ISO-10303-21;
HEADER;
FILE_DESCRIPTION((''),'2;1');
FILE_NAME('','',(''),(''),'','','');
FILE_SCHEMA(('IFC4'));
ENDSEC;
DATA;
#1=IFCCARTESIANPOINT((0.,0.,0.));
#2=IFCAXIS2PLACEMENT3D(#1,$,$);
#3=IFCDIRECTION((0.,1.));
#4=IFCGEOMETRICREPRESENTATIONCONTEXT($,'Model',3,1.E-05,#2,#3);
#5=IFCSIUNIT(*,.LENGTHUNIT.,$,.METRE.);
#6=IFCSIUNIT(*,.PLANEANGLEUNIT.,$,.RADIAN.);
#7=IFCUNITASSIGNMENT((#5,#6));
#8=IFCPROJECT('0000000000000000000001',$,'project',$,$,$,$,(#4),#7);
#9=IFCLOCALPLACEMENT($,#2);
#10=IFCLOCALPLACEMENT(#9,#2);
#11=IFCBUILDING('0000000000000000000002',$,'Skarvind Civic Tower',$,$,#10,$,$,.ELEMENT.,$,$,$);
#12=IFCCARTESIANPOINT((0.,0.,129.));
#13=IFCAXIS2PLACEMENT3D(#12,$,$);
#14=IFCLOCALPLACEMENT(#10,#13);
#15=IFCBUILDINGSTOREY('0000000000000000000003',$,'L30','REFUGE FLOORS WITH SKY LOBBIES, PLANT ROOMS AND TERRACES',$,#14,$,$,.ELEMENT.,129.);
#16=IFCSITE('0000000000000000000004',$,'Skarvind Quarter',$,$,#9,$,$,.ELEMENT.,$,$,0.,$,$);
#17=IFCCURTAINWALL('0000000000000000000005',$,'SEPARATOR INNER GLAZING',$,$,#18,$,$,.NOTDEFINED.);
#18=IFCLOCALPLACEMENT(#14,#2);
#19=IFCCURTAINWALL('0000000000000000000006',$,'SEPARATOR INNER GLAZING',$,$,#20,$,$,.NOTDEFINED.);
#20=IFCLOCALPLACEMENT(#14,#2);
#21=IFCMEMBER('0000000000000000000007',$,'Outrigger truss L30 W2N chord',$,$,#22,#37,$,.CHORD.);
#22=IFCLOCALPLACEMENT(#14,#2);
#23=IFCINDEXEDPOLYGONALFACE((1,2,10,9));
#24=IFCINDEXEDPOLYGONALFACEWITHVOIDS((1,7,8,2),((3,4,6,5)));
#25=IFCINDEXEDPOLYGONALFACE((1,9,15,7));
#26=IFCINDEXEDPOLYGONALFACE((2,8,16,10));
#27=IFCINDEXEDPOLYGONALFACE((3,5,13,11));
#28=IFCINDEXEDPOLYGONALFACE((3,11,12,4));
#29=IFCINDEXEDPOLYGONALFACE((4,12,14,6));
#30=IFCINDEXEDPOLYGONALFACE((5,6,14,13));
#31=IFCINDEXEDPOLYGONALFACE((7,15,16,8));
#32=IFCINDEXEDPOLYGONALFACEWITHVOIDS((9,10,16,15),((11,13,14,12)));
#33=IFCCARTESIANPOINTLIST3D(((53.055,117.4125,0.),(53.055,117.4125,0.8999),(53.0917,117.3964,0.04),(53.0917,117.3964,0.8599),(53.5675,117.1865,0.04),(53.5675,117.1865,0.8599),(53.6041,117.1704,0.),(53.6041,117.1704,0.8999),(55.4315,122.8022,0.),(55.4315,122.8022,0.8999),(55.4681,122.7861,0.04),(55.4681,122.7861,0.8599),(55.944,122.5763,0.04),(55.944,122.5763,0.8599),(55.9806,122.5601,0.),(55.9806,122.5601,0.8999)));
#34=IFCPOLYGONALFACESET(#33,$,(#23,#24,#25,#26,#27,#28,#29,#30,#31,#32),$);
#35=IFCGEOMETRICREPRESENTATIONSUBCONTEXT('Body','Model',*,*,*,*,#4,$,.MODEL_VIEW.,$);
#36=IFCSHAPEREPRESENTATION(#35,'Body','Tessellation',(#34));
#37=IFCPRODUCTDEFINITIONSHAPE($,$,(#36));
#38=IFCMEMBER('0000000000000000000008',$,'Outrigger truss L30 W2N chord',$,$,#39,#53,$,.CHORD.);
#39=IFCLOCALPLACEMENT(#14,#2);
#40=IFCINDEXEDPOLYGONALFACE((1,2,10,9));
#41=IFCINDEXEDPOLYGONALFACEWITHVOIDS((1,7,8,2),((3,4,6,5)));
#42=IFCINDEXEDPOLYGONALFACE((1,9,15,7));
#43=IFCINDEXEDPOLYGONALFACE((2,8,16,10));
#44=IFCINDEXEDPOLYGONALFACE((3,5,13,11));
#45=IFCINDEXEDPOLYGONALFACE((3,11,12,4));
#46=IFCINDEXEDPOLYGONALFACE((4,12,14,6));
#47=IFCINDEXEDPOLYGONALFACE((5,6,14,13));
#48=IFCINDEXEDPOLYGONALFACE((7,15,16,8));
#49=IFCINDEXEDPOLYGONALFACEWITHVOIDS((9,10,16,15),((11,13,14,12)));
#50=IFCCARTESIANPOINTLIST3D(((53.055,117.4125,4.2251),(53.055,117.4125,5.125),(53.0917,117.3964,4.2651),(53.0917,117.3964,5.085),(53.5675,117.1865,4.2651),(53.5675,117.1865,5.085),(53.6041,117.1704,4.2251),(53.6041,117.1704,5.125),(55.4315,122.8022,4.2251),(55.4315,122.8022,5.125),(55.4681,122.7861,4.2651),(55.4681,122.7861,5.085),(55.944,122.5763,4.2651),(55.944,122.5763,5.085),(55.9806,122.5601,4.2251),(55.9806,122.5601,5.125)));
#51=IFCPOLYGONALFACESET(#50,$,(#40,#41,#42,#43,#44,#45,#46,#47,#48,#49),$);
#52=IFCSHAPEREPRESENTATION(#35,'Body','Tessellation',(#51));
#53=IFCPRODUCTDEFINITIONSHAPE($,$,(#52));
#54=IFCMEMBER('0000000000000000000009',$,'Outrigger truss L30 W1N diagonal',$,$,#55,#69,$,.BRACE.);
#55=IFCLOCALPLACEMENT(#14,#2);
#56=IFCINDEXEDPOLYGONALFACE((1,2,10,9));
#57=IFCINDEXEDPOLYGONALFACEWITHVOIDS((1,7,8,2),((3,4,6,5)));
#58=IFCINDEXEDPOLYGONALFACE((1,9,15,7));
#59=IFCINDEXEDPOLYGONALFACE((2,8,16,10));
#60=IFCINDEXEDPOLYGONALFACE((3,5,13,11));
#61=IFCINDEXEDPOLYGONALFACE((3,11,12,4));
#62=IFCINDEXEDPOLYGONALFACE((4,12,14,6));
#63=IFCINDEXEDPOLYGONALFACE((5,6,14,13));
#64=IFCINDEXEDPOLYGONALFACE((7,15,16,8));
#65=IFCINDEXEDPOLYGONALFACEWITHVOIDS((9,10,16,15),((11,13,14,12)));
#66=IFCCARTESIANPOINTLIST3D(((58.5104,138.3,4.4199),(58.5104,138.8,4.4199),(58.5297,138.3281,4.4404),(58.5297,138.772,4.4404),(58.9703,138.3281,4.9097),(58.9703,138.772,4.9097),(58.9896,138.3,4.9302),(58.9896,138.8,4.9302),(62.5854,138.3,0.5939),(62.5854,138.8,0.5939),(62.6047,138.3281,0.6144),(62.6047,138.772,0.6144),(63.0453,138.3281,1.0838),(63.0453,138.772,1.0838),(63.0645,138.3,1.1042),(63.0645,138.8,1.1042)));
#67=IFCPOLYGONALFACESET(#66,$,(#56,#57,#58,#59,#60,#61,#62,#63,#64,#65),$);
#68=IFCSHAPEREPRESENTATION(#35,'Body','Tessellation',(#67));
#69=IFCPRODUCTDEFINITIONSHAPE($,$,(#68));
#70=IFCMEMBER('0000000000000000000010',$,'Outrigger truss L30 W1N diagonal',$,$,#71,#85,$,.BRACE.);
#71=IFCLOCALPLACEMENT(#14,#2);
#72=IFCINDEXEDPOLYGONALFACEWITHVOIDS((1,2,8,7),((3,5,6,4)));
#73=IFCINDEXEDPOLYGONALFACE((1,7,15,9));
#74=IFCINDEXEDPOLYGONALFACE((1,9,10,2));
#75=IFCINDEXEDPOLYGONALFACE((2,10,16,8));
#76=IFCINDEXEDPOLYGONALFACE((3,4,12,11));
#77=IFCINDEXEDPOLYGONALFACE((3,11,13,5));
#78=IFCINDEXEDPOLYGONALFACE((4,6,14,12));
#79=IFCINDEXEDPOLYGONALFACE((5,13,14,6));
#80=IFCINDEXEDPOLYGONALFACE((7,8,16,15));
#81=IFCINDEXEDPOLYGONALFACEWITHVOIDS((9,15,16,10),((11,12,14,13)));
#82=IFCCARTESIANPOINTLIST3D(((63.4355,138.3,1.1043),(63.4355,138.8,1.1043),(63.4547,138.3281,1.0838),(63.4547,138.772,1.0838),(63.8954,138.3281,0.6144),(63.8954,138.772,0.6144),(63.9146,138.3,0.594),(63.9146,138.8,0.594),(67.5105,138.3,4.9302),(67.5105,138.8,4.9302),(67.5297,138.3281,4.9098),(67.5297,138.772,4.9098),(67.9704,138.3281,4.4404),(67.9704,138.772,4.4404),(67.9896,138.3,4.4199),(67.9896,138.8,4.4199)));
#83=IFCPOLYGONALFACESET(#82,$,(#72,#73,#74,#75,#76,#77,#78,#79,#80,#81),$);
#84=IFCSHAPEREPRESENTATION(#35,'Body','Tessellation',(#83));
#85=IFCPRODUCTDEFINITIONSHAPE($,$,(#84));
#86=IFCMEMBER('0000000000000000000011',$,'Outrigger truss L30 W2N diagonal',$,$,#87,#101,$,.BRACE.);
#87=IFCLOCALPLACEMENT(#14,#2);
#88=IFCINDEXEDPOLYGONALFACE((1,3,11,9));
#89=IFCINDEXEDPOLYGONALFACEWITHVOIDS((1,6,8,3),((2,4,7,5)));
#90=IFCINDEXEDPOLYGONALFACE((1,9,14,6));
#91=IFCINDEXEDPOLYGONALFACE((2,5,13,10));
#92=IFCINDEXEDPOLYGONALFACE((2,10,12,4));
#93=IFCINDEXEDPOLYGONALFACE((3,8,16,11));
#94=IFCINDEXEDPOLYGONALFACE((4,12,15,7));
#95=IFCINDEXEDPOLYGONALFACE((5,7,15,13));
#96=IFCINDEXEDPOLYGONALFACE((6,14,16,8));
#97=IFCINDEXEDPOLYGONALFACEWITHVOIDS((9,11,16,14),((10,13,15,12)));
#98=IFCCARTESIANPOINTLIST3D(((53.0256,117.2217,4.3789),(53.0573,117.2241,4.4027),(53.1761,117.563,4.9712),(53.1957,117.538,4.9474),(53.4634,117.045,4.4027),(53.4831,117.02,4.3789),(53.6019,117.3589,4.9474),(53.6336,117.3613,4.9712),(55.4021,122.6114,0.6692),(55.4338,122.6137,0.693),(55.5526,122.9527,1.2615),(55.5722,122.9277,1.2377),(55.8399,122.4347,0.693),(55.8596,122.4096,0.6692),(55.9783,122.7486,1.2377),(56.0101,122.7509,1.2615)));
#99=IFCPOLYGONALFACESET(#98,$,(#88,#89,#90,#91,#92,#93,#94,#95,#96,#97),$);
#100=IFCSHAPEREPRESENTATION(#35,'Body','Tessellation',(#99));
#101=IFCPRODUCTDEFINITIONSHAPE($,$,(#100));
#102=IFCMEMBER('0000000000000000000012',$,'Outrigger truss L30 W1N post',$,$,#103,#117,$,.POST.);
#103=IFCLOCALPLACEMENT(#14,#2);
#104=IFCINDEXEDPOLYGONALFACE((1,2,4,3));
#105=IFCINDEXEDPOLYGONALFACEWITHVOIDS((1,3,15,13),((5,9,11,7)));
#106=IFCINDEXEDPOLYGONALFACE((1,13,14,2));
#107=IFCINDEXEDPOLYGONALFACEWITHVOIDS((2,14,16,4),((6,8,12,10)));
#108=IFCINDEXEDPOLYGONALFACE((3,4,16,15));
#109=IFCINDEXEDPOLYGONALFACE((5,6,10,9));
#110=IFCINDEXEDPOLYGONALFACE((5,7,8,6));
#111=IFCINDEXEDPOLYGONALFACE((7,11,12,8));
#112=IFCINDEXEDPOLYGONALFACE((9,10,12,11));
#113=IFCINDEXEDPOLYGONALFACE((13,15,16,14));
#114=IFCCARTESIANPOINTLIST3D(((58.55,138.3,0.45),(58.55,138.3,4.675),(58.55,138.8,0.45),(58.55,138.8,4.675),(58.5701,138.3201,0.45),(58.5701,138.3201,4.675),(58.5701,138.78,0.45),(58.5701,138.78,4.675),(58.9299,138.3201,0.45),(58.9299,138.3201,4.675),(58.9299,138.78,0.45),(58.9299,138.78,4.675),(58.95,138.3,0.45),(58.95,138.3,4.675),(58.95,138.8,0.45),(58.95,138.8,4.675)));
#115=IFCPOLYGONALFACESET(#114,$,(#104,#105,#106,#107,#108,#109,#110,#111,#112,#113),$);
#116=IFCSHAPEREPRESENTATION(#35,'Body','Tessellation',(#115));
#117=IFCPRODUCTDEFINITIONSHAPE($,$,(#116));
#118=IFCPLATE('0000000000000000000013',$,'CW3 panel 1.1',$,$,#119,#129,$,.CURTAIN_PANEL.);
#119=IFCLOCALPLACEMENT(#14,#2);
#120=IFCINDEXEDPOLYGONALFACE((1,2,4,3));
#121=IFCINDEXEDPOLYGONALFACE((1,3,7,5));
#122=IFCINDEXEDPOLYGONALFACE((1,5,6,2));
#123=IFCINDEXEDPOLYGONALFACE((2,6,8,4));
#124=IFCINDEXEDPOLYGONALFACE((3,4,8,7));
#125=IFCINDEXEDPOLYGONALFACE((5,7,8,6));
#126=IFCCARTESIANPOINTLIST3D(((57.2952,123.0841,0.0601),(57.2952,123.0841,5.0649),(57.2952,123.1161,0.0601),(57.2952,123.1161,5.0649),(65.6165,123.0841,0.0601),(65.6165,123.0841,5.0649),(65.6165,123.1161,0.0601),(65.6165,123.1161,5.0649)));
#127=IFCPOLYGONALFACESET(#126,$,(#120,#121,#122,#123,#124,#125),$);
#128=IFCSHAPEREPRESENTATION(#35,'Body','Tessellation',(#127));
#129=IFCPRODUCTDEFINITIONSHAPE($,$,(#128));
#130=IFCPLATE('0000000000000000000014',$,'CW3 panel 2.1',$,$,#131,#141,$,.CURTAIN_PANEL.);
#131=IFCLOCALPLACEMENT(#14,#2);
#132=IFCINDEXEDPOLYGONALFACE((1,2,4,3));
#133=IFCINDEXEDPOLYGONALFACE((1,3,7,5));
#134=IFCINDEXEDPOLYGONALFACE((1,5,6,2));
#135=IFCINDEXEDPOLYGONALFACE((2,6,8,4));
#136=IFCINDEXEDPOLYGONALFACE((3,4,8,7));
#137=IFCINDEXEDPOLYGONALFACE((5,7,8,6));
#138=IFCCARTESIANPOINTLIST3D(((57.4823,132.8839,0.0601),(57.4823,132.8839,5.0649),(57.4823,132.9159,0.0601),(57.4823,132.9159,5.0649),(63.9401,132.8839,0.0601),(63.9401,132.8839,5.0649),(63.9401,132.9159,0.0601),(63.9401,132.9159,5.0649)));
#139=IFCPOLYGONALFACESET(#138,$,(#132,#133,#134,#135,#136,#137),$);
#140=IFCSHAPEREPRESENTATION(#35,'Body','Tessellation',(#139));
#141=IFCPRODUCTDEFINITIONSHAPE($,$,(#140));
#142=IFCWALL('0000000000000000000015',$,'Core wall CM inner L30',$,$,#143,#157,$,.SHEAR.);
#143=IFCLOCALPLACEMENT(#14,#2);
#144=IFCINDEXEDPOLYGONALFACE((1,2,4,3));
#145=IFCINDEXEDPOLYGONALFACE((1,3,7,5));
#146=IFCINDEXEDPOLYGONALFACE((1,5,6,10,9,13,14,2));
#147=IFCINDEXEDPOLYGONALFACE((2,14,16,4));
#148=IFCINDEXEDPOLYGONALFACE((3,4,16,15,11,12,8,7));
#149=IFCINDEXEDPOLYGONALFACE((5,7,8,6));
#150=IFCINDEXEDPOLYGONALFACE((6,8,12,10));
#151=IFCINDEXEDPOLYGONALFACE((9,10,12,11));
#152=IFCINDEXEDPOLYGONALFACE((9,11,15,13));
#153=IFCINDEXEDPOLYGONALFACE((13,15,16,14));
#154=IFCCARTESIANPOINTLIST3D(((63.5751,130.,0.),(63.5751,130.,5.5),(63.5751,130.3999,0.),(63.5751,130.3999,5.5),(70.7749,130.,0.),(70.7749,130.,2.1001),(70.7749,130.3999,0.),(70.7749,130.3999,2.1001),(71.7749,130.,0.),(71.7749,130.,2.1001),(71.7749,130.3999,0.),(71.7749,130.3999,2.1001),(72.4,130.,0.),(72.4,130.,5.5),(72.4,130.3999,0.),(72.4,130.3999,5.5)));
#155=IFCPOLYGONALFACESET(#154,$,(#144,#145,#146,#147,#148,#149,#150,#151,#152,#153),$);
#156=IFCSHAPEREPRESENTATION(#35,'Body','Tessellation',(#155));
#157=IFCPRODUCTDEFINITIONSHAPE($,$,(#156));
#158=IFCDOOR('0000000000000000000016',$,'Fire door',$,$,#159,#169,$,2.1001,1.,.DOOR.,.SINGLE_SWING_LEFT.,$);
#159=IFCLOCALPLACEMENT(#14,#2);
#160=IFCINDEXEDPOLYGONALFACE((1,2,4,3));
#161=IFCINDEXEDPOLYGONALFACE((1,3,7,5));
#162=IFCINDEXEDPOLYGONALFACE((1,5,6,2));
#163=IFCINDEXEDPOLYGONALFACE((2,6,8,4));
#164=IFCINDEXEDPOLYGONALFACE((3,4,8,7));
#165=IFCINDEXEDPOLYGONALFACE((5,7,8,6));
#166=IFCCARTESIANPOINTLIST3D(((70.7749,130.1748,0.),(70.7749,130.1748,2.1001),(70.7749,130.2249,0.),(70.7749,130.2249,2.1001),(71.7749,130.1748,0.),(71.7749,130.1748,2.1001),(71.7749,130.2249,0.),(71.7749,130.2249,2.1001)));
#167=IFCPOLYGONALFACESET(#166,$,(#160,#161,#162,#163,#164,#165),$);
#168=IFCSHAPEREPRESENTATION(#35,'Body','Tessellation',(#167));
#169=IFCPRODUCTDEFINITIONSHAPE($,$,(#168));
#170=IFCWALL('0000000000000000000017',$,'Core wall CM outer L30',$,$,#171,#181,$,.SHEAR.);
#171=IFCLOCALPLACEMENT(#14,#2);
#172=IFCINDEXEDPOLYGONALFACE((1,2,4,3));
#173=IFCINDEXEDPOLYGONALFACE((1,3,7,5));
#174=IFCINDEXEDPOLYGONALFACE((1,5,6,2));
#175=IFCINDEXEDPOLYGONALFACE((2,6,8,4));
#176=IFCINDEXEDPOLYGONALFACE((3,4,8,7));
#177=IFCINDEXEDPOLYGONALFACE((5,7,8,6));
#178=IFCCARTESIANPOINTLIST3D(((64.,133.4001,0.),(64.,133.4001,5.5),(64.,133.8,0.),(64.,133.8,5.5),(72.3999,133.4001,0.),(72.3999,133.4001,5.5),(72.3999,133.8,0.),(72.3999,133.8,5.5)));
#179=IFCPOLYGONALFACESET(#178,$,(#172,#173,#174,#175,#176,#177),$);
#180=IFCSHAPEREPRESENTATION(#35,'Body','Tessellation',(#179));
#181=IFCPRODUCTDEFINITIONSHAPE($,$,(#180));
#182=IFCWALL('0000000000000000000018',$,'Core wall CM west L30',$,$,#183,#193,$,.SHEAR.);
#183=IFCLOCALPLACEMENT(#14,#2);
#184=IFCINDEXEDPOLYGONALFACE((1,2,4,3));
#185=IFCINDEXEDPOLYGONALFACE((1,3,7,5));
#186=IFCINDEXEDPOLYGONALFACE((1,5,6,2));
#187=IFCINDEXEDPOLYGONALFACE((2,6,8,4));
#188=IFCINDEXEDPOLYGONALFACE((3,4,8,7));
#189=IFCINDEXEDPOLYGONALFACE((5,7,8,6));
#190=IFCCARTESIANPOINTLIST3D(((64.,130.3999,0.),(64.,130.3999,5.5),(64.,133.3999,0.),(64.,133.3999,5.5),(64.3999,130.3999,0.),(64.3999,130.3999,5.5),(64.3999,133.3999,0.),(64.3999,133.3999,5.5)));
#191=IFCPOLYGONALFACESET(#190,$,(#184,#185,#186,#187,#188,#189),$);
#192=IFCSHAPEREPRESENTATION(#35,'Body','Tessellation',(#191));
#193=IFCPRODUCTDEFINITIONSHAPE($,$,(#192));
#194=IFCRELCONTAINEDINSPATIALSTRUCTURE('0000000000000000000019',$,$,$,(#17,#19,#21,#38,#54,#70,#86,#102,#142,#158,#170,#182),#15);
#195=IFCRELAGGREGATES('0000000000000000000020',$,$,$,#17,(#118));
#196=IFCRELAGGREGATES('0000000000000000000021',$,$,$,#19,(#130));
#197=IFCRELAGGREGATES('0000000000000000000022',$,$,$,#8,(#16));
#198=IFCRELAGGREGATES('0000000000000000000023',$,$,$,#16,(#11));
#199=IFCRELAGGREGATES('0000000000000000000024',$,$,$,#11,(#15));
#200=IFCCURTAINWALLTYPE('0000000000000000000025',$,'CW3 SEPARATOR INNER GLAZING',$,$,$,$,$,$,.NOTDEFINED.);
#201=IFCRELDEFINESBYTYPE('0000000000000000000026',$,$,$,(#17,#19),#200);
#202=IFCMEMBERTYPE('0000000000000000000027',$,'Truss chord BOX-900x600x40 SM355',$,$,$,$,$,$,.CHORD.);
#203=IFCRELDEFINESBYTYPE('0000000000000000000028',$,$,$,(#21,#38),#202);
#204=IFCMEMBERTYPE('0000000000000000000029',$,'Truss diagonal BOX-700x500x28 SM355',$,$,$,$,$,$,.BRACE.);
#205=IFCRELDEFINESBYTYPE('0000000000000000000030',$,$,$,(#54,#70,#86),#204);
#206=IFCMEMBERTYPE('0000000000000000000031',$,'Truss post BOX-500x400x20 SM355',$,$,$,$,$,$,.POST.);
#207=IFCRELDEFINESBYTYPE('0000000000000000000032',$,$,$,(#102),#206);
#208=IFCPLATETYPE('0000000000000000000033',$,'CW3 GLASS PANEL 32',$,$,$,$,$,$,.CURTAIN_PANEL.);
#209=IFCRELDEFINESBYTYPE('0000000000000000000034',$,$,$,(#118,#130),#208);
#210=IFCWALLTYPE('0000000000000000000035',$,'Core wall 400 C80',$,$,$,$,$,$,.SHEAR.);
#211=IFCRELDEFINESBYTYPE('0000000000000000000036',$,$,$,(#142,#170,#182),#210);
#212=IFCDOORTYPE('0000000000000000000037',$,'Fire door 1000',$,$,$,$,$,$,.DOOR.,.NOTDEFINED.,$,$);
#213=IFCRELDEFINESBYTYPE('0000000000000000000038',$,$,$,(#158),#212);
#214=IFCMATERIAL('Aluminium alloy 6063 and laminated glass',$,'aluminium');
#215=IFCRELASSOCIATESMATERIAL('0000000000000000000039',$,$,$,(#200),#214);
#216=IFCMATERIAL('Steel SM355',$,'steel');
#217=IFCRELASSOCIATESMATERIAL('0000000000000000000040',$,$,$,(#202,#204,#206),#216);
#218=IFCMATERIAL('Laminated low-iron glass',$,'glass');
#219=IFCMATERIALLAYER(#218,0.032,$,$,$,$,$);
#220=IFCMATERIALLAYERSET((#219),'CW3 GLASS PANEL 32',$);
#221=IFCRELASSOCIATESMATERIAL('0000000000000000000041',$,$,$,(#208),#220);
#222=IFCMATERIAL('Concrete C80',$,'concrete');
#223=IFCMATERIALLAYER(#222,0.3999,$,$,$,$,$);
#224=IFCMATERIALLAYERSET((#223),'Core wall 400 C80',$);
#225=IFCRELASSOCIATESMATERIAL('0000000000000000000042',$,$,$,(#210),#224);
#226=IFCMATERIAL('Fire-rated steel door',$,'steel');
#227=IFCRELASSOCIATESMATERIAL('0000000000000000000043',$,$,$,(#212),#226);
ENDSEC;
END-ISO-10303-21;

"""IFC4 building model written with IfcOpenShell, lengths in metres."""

from ifc_helpers import new_model, si_unit, direction, frame, frame_2d, origin, origin_2d, place, context, subcontext, project, spatial, rectangle, hollow_rectangle, extrude, material, layer, layer_set, material_profile, profile_set, type_object, element, fill, aggregate, save


model = new_model("IFC4")

# Units and contexts
model_context = context("Model", 3, precision=1e-05, world=origin(), true_north=direction((0.0, 1.0)))
body_context = subcontext(model_context, "Body", "Model", "MODEL_VIEW")
ifc_project = project(units=[si_unit("LENGTHUNIT", "METRE"), si_unit("PLANEANGLEUNIT", "RADIAN")], contexts=[model_context])

# Site, building, storey
site_placement = place(None, origin())
site = spatial("IfcSite", under=ifc_project, at=site_placement, Name="Skarvind Quarter", CompositionType="ELEMENT", RefElevation=0.0)
building_placement = place(site_placement, origin())
building = spatial("IfcBuilding", under=site, at=building_placement, Name="Skarvind Civic Tower", CompositionType="ELEMENT")
storey_placement = place(building_placement, frame((0.0, 0.0, 129.0)))
storey = spatial("IfcBuildingStorey", under=building, at=storey_placement, Name="L30", Description="REFUGE FLOORS WITH SKY LOBBIES, PLANT ROOMS AND TERRACES", CompositionType="ELEMENT", Elevation=129.0)

# Shared definitions
ifc_material_1 = material(Name="Concrete C80", Category="concrete")

# Curtain wall
ifc_material_2 = material(Name="Aluminium alloy 6063 and laminated glass", Category="aluminium")
curtain_wall_type = type_object("IfcCurtainWallType", Name="CW3 SEPARATOR INNER GLAZING", PredefinedType="NOTDEFINED", material=ifc_material_2)
curtain_wall_1_placement = place(storey_placement, origin())
curtain_wall_1 = element("IfcCurtainWall", 1, at=curtain_wall_1_placement, inside=storey, type_object=curtain_wall_type, Name="SEPARATOR INNER GLAZING", PredefinedType="NOTDEFINED")

# Curtain wall
curtain_wall_2_placement = place(storey_placement, origin())
curtain_wall_2 = element("IfcCurtainWall", 2, at=curtain_wall_2_placement, inside=storey, type_object=curtain_wall_type, Name="SEPARATOR INNER GLAZING", PredefinedType="NOTDEFINED")

# Members
ifc_material_3 = material(Name="Steel SM355", Category="steel")
ifc_material_profile_1 = material_profile(ifc_material_3, hollow_rectangle(XDim=0.6001, YDim=0.8999, WallThickness=0.04, at=origin_2d()), Name="BOX-900x600x40")
ifc_profile_set_1 = profile_set([ifc_material_profile_1], Name="Steel SM355")
member_type_1 = type_object("IfcMemberType", Name="Truss chord BOX-900x600x40 SM355", PredefinedType="CHORD", material=ifc_profile_set_1)
for number, where, z_axis, x_axis, name in (
    (3, (55.7061, 122.6812, 0.45), (-0.403452, -0.915001, 0.0), (0.915001, -0.403452, 0.0), "Outrigger truss L30 W2N chord"),
    (4, (55.7061, 122.6812, 4.675), (-0.403452, -0.915001, 0.0), (0.915001, -0.403452, 0.0), "Outrigger truss L30 W2N chord"),
):
    element("IfcMember", number, at=place(storey_placement, frame(where, z_axis=z_axis, x_axis=x_axis)), inside=storey, type_object=member_type_1, Name=name, PredefinedType="CHORD", context=body_context, shape_type="SweptSolid", body=[
        extrude(hollow_rectangle(XDim=0.6001, YDim=0.8999, WallThickness=0.04, at=origin_2d()), origin(), (0.0, 0.0, 1.0), 5.8904),
    ])
ifc_material_profile_2 = material_profile(ifc_material_3, hollow_rectangle(XDim=0.5, YDim=0.7, WallThickness=0.0281, at=origin_2d()), Name="BOX-700x500x28")
ifc_profile_set_2 = profile_set([ifc_material_profile_2], Name="Steel SM355")
member_type_2 = type_object("IfcMemberType", Name="Truss diagonal BOX-700x500x28 SM355", PredefinedType="BRACE", material=ifc_profile_set_2)
for number, where, z_axis, x_axis, name in (
    (5, (58.75, 138.55, 4.675), (0.729032, 0.0, -0.68448), (0.0, 1.0, 0.0), "Outrigger truss L30 W1N diagonal"),
    (6, (63.675, 138.55, 0.8491), (0.729032, 0.0, 0.68448), (0.0, 1.0, 0.0), "Outrigger truss L30 W1N diagonal"),
):
    element("IfcMember", number, at=place(storey_placement, frame(where, z_axis=z_axis, x_axis=x_axis)), inside=storey, type_object=member_type_2, Name=name, PredefinedType="BRACE", context=body_context, shape_type="SweptSolid", body=[
        extrude(hollow_rectangle(XDim=0.5, YDim=0.7, WallThickness=0.0281, at=origin_2d()), origin(), (0.0, 0.0, 1.0), 5.5896),
    ])
member_1_placement = place(storey_placement, frame((55.7061, 122.6812, 0.9653), z_axis=(-0.341389, -0.774245, 0.532916), x_axis=(0.915001, -0.403452, 0.0)))
element("IfcMember", 7, at=member_1_placement, inside=storey, type_object=member_type_2, Name="Outrigger truss L30 W2N diagonal", PredefinedType="BRACE", context=body_context, shape_type="SweptSolid", body=[
    extrude(hollow_rectangle(XDim=0.5, YDim=0.7, WallThickness=0.0281, at=origin_2d()), origin(), (0.0, 0.0, 1.0), 6.9612),
])
ifc_material_profile_3 = material_profile(ifc_material_3, hollow_rectangle(XDim=0.3999, YDim=0.5, WallThickness=0.02, at=origin_2d()), Name="BOX-500x400x20")
ifc_profile_set_3 = profile_set([ifc_material_profile_3], Name="Steel SM355")
member_type_3 = type_object("IfcMemberType", Name="Truss post BOX-500x400x20 SM355", PredefinedType="POST", material=ifc_profile_set_3)
member_2_placement = place(storey_placement, frame((58.75, 138.55, 0.45), z_axis=(0.0, 0.0, 1.0), x_axis=(1.0, 0.0, 0.0)))
element("IfcMember", 8, at=member_2_placement, inside=storey, type_object=member_type_3, Name="Outrigger truss L30 W1N post", PredefinedType="POST", context=body_context, shape_type="SweptSolid", body=[
    extrude(hollow_rectangle(XDim=0.3999, YDim=0.5, WallThickness=0.02, at=origin_2d()), origin(), (0.0, 0.0, 1.0), 4.2251),
])

# Plates
ifc_material_4 = material(Name="Laminated low-iron glass", Category="glass")
ifc_layer_1 = layer(ifc_material_4, 0.032)
ifc_layer_set_1 = layer_set([ifc_layer_1], Name="CW3 GLASS PANEL 32")
plate_type = type_object("IfcPlateType", Name="CW3 GLASS PANEL 32", PredefinedType="CURTAIN_PANEL", material=ifc_layer_set_1)
plate_1_placement = place(storey_placement, frame((61.4558, 123.1001, 0.0601), z_axis=(0.0, 0.0, 1.0), x_axis=(-1.0, 0.0, 0.0)))
plate_1 = element("IfcPlate", 9, at=plate_1_placement, type_object=plate_type, Name="CW3 panel 1.1", PredefinedType="CURTAIN_PANEL", context=body_context, shape_type="SweptSolid", body=[
    extrude(rectangle(XDim=8.3213, YDim=0.032, at=origin_2d()), origin(), (0.0, 0.0, 1.0), 5.0049),
])
aggregate(curtain_wall_1, [plate_1])
plate_2_placement = place(storey_placement, frame((60.7112, 132.8999, 0.0601), z_axis=(0.0, 0.0, 1.0), x_axis=(1.0, 0.0, 0.0)))
plate_2 = element("IfcPlate", 10, at=plate_2_placement, type_object=plate_type, Name="CW3 panel 2.1", PredefinedType="CURTAIN_PANEL", context=body_context, shape_type="SweptSolid", body=[
    extrude(rectangle(XDim=6.4578, YDim=0.032, at=origin_2d()), origin(), (0.0, 0.0, 1.0), 5.0049),
])
aggregate(curtain_wall_2, [plate_2])

# Wall, opening, door
ifc_layer_2 = layer(ifc_material_1, 0.3999)
ifc_layer_set_2 = layer_set([ifc_layer_2], Name="Core wall 400 C80")
wall_type_1 = type_object("IfcWallType", Name="Core wall 400 C80", PredefinedType="SHEAR", material=ifc_layer_set_2)
wall_1_placement = place(storey_placement, frame((63.575, 130.2, 0.0), z_axis=(0.0, 0.0, 1.0), x_axis=(1.0, 0.0, 0.0)))
wall_1 = element("IfcWall", 11, at=wall_1_placement, inside=storey, type_object=wall_type_1, Name="Core wall CM inner L30", PredefinedType="SHEAR", context=body_context, shape_type="SweptSolid", body=[
    extrude(rectangle(XDim=8.825, YDim=0.3999, at=frame_2d((4.4126, 0.0))), origin(), (0.0, 0.0, 1.0), 5.5),
])
opening_1_placement = place(wall_1_placement, frame((7.2, 0.0, 0.0)))
opening_1 = element("IfcOpeningElement", 12, at=opening_1_placement, cuts=wall_1, PredefinedType="OPENING", context=body_context, shape_type="SweptSolid", body=[
    extrude(rectangle(XDim=1.0, YDim=2.1001, at=frame_2d((0.5, 1.05))), frame((0.0, 0.21, 0.0), z_axis=(0.0, -1.0, 0.0), x_axis=(1.0, 0.0, 0.0)), (0.0, 0.0, 1.0), 0.4199),
])
ifc_material_5 = material(Name="Fire-rated steel door", Category="steel")
door_type_1 = type_object("IfcDoorType", Name="Fire door 1000", OperationType="NOTDEFINED", PredefinedType="DOOR", material=ifc_material_5)
door_1_placement = place(opening_1_placement, origin())
door_1 = element("IfcDoor", 13, at=door_1_placement, inside=storey, type_object=door_type_1, Name="Fire door", OperationType="SINGLE_SWING_LEFT", OverallHeight=2.1001, OverallWidth=1.0, PredefinedType="DOOR", context=body_context, shape_type="SweptSolid", body=[
    extrude(rectangle(XDim=1.0, YDim=2.1001, at=frame_2d((0.5, 1.05))), frame((0.0, 0.0249, 0.0), z_axis=(0.0, -1.0, 0.0), x_axis=(1.0, 0.0, 0.0)), (0.0, 0.0, 1.0), 0.05),
])
fill(opening_1, door_1)

# Walls
wall_2_placement = place(storey_placement, frame((64.0, 133.6001, 0.0), z_axis=(0.0, 0.0, 1.0), x_axis=(1.0, 0.0, 0.0)))
element("IfcWall", 14, at=wall_2_placement, inside=storey, type_object=wall_type_1, Name="Core wall CM outer L30", PredefinedType="SHEAR", context=body_context, shape_type="SweptSolid", body=[
    extrude(rectangle(XDim=8.3999, YDim=0.3999, at=frame_2d((4.2, 0.0))), origin(), (0.0, 0.0, 1.0), 5.5),
])
wall_3_placement = place(storey_placement, frame((64.2, 130.3999, 0.0), z_axis=(0.0, 0.0, 1.0), x_axis=(0.0, 1.0, 0.0)))
element("IfcWall", 15, at=wall_3_placement, inside=storey, type_object=wall_type_1, Name="Core wall CM west L30", PredefinedType="SHEAR", context=body_context, shape_type="SweptSolid", body=[
    extrude(rectangle(XDim=3.0, YDim=0.3999, at=frame_2d((1.5, 0.0))), origin(), (0.0, 0.0, 1.0), 5.5),
])

save(model, "model.ifc")
